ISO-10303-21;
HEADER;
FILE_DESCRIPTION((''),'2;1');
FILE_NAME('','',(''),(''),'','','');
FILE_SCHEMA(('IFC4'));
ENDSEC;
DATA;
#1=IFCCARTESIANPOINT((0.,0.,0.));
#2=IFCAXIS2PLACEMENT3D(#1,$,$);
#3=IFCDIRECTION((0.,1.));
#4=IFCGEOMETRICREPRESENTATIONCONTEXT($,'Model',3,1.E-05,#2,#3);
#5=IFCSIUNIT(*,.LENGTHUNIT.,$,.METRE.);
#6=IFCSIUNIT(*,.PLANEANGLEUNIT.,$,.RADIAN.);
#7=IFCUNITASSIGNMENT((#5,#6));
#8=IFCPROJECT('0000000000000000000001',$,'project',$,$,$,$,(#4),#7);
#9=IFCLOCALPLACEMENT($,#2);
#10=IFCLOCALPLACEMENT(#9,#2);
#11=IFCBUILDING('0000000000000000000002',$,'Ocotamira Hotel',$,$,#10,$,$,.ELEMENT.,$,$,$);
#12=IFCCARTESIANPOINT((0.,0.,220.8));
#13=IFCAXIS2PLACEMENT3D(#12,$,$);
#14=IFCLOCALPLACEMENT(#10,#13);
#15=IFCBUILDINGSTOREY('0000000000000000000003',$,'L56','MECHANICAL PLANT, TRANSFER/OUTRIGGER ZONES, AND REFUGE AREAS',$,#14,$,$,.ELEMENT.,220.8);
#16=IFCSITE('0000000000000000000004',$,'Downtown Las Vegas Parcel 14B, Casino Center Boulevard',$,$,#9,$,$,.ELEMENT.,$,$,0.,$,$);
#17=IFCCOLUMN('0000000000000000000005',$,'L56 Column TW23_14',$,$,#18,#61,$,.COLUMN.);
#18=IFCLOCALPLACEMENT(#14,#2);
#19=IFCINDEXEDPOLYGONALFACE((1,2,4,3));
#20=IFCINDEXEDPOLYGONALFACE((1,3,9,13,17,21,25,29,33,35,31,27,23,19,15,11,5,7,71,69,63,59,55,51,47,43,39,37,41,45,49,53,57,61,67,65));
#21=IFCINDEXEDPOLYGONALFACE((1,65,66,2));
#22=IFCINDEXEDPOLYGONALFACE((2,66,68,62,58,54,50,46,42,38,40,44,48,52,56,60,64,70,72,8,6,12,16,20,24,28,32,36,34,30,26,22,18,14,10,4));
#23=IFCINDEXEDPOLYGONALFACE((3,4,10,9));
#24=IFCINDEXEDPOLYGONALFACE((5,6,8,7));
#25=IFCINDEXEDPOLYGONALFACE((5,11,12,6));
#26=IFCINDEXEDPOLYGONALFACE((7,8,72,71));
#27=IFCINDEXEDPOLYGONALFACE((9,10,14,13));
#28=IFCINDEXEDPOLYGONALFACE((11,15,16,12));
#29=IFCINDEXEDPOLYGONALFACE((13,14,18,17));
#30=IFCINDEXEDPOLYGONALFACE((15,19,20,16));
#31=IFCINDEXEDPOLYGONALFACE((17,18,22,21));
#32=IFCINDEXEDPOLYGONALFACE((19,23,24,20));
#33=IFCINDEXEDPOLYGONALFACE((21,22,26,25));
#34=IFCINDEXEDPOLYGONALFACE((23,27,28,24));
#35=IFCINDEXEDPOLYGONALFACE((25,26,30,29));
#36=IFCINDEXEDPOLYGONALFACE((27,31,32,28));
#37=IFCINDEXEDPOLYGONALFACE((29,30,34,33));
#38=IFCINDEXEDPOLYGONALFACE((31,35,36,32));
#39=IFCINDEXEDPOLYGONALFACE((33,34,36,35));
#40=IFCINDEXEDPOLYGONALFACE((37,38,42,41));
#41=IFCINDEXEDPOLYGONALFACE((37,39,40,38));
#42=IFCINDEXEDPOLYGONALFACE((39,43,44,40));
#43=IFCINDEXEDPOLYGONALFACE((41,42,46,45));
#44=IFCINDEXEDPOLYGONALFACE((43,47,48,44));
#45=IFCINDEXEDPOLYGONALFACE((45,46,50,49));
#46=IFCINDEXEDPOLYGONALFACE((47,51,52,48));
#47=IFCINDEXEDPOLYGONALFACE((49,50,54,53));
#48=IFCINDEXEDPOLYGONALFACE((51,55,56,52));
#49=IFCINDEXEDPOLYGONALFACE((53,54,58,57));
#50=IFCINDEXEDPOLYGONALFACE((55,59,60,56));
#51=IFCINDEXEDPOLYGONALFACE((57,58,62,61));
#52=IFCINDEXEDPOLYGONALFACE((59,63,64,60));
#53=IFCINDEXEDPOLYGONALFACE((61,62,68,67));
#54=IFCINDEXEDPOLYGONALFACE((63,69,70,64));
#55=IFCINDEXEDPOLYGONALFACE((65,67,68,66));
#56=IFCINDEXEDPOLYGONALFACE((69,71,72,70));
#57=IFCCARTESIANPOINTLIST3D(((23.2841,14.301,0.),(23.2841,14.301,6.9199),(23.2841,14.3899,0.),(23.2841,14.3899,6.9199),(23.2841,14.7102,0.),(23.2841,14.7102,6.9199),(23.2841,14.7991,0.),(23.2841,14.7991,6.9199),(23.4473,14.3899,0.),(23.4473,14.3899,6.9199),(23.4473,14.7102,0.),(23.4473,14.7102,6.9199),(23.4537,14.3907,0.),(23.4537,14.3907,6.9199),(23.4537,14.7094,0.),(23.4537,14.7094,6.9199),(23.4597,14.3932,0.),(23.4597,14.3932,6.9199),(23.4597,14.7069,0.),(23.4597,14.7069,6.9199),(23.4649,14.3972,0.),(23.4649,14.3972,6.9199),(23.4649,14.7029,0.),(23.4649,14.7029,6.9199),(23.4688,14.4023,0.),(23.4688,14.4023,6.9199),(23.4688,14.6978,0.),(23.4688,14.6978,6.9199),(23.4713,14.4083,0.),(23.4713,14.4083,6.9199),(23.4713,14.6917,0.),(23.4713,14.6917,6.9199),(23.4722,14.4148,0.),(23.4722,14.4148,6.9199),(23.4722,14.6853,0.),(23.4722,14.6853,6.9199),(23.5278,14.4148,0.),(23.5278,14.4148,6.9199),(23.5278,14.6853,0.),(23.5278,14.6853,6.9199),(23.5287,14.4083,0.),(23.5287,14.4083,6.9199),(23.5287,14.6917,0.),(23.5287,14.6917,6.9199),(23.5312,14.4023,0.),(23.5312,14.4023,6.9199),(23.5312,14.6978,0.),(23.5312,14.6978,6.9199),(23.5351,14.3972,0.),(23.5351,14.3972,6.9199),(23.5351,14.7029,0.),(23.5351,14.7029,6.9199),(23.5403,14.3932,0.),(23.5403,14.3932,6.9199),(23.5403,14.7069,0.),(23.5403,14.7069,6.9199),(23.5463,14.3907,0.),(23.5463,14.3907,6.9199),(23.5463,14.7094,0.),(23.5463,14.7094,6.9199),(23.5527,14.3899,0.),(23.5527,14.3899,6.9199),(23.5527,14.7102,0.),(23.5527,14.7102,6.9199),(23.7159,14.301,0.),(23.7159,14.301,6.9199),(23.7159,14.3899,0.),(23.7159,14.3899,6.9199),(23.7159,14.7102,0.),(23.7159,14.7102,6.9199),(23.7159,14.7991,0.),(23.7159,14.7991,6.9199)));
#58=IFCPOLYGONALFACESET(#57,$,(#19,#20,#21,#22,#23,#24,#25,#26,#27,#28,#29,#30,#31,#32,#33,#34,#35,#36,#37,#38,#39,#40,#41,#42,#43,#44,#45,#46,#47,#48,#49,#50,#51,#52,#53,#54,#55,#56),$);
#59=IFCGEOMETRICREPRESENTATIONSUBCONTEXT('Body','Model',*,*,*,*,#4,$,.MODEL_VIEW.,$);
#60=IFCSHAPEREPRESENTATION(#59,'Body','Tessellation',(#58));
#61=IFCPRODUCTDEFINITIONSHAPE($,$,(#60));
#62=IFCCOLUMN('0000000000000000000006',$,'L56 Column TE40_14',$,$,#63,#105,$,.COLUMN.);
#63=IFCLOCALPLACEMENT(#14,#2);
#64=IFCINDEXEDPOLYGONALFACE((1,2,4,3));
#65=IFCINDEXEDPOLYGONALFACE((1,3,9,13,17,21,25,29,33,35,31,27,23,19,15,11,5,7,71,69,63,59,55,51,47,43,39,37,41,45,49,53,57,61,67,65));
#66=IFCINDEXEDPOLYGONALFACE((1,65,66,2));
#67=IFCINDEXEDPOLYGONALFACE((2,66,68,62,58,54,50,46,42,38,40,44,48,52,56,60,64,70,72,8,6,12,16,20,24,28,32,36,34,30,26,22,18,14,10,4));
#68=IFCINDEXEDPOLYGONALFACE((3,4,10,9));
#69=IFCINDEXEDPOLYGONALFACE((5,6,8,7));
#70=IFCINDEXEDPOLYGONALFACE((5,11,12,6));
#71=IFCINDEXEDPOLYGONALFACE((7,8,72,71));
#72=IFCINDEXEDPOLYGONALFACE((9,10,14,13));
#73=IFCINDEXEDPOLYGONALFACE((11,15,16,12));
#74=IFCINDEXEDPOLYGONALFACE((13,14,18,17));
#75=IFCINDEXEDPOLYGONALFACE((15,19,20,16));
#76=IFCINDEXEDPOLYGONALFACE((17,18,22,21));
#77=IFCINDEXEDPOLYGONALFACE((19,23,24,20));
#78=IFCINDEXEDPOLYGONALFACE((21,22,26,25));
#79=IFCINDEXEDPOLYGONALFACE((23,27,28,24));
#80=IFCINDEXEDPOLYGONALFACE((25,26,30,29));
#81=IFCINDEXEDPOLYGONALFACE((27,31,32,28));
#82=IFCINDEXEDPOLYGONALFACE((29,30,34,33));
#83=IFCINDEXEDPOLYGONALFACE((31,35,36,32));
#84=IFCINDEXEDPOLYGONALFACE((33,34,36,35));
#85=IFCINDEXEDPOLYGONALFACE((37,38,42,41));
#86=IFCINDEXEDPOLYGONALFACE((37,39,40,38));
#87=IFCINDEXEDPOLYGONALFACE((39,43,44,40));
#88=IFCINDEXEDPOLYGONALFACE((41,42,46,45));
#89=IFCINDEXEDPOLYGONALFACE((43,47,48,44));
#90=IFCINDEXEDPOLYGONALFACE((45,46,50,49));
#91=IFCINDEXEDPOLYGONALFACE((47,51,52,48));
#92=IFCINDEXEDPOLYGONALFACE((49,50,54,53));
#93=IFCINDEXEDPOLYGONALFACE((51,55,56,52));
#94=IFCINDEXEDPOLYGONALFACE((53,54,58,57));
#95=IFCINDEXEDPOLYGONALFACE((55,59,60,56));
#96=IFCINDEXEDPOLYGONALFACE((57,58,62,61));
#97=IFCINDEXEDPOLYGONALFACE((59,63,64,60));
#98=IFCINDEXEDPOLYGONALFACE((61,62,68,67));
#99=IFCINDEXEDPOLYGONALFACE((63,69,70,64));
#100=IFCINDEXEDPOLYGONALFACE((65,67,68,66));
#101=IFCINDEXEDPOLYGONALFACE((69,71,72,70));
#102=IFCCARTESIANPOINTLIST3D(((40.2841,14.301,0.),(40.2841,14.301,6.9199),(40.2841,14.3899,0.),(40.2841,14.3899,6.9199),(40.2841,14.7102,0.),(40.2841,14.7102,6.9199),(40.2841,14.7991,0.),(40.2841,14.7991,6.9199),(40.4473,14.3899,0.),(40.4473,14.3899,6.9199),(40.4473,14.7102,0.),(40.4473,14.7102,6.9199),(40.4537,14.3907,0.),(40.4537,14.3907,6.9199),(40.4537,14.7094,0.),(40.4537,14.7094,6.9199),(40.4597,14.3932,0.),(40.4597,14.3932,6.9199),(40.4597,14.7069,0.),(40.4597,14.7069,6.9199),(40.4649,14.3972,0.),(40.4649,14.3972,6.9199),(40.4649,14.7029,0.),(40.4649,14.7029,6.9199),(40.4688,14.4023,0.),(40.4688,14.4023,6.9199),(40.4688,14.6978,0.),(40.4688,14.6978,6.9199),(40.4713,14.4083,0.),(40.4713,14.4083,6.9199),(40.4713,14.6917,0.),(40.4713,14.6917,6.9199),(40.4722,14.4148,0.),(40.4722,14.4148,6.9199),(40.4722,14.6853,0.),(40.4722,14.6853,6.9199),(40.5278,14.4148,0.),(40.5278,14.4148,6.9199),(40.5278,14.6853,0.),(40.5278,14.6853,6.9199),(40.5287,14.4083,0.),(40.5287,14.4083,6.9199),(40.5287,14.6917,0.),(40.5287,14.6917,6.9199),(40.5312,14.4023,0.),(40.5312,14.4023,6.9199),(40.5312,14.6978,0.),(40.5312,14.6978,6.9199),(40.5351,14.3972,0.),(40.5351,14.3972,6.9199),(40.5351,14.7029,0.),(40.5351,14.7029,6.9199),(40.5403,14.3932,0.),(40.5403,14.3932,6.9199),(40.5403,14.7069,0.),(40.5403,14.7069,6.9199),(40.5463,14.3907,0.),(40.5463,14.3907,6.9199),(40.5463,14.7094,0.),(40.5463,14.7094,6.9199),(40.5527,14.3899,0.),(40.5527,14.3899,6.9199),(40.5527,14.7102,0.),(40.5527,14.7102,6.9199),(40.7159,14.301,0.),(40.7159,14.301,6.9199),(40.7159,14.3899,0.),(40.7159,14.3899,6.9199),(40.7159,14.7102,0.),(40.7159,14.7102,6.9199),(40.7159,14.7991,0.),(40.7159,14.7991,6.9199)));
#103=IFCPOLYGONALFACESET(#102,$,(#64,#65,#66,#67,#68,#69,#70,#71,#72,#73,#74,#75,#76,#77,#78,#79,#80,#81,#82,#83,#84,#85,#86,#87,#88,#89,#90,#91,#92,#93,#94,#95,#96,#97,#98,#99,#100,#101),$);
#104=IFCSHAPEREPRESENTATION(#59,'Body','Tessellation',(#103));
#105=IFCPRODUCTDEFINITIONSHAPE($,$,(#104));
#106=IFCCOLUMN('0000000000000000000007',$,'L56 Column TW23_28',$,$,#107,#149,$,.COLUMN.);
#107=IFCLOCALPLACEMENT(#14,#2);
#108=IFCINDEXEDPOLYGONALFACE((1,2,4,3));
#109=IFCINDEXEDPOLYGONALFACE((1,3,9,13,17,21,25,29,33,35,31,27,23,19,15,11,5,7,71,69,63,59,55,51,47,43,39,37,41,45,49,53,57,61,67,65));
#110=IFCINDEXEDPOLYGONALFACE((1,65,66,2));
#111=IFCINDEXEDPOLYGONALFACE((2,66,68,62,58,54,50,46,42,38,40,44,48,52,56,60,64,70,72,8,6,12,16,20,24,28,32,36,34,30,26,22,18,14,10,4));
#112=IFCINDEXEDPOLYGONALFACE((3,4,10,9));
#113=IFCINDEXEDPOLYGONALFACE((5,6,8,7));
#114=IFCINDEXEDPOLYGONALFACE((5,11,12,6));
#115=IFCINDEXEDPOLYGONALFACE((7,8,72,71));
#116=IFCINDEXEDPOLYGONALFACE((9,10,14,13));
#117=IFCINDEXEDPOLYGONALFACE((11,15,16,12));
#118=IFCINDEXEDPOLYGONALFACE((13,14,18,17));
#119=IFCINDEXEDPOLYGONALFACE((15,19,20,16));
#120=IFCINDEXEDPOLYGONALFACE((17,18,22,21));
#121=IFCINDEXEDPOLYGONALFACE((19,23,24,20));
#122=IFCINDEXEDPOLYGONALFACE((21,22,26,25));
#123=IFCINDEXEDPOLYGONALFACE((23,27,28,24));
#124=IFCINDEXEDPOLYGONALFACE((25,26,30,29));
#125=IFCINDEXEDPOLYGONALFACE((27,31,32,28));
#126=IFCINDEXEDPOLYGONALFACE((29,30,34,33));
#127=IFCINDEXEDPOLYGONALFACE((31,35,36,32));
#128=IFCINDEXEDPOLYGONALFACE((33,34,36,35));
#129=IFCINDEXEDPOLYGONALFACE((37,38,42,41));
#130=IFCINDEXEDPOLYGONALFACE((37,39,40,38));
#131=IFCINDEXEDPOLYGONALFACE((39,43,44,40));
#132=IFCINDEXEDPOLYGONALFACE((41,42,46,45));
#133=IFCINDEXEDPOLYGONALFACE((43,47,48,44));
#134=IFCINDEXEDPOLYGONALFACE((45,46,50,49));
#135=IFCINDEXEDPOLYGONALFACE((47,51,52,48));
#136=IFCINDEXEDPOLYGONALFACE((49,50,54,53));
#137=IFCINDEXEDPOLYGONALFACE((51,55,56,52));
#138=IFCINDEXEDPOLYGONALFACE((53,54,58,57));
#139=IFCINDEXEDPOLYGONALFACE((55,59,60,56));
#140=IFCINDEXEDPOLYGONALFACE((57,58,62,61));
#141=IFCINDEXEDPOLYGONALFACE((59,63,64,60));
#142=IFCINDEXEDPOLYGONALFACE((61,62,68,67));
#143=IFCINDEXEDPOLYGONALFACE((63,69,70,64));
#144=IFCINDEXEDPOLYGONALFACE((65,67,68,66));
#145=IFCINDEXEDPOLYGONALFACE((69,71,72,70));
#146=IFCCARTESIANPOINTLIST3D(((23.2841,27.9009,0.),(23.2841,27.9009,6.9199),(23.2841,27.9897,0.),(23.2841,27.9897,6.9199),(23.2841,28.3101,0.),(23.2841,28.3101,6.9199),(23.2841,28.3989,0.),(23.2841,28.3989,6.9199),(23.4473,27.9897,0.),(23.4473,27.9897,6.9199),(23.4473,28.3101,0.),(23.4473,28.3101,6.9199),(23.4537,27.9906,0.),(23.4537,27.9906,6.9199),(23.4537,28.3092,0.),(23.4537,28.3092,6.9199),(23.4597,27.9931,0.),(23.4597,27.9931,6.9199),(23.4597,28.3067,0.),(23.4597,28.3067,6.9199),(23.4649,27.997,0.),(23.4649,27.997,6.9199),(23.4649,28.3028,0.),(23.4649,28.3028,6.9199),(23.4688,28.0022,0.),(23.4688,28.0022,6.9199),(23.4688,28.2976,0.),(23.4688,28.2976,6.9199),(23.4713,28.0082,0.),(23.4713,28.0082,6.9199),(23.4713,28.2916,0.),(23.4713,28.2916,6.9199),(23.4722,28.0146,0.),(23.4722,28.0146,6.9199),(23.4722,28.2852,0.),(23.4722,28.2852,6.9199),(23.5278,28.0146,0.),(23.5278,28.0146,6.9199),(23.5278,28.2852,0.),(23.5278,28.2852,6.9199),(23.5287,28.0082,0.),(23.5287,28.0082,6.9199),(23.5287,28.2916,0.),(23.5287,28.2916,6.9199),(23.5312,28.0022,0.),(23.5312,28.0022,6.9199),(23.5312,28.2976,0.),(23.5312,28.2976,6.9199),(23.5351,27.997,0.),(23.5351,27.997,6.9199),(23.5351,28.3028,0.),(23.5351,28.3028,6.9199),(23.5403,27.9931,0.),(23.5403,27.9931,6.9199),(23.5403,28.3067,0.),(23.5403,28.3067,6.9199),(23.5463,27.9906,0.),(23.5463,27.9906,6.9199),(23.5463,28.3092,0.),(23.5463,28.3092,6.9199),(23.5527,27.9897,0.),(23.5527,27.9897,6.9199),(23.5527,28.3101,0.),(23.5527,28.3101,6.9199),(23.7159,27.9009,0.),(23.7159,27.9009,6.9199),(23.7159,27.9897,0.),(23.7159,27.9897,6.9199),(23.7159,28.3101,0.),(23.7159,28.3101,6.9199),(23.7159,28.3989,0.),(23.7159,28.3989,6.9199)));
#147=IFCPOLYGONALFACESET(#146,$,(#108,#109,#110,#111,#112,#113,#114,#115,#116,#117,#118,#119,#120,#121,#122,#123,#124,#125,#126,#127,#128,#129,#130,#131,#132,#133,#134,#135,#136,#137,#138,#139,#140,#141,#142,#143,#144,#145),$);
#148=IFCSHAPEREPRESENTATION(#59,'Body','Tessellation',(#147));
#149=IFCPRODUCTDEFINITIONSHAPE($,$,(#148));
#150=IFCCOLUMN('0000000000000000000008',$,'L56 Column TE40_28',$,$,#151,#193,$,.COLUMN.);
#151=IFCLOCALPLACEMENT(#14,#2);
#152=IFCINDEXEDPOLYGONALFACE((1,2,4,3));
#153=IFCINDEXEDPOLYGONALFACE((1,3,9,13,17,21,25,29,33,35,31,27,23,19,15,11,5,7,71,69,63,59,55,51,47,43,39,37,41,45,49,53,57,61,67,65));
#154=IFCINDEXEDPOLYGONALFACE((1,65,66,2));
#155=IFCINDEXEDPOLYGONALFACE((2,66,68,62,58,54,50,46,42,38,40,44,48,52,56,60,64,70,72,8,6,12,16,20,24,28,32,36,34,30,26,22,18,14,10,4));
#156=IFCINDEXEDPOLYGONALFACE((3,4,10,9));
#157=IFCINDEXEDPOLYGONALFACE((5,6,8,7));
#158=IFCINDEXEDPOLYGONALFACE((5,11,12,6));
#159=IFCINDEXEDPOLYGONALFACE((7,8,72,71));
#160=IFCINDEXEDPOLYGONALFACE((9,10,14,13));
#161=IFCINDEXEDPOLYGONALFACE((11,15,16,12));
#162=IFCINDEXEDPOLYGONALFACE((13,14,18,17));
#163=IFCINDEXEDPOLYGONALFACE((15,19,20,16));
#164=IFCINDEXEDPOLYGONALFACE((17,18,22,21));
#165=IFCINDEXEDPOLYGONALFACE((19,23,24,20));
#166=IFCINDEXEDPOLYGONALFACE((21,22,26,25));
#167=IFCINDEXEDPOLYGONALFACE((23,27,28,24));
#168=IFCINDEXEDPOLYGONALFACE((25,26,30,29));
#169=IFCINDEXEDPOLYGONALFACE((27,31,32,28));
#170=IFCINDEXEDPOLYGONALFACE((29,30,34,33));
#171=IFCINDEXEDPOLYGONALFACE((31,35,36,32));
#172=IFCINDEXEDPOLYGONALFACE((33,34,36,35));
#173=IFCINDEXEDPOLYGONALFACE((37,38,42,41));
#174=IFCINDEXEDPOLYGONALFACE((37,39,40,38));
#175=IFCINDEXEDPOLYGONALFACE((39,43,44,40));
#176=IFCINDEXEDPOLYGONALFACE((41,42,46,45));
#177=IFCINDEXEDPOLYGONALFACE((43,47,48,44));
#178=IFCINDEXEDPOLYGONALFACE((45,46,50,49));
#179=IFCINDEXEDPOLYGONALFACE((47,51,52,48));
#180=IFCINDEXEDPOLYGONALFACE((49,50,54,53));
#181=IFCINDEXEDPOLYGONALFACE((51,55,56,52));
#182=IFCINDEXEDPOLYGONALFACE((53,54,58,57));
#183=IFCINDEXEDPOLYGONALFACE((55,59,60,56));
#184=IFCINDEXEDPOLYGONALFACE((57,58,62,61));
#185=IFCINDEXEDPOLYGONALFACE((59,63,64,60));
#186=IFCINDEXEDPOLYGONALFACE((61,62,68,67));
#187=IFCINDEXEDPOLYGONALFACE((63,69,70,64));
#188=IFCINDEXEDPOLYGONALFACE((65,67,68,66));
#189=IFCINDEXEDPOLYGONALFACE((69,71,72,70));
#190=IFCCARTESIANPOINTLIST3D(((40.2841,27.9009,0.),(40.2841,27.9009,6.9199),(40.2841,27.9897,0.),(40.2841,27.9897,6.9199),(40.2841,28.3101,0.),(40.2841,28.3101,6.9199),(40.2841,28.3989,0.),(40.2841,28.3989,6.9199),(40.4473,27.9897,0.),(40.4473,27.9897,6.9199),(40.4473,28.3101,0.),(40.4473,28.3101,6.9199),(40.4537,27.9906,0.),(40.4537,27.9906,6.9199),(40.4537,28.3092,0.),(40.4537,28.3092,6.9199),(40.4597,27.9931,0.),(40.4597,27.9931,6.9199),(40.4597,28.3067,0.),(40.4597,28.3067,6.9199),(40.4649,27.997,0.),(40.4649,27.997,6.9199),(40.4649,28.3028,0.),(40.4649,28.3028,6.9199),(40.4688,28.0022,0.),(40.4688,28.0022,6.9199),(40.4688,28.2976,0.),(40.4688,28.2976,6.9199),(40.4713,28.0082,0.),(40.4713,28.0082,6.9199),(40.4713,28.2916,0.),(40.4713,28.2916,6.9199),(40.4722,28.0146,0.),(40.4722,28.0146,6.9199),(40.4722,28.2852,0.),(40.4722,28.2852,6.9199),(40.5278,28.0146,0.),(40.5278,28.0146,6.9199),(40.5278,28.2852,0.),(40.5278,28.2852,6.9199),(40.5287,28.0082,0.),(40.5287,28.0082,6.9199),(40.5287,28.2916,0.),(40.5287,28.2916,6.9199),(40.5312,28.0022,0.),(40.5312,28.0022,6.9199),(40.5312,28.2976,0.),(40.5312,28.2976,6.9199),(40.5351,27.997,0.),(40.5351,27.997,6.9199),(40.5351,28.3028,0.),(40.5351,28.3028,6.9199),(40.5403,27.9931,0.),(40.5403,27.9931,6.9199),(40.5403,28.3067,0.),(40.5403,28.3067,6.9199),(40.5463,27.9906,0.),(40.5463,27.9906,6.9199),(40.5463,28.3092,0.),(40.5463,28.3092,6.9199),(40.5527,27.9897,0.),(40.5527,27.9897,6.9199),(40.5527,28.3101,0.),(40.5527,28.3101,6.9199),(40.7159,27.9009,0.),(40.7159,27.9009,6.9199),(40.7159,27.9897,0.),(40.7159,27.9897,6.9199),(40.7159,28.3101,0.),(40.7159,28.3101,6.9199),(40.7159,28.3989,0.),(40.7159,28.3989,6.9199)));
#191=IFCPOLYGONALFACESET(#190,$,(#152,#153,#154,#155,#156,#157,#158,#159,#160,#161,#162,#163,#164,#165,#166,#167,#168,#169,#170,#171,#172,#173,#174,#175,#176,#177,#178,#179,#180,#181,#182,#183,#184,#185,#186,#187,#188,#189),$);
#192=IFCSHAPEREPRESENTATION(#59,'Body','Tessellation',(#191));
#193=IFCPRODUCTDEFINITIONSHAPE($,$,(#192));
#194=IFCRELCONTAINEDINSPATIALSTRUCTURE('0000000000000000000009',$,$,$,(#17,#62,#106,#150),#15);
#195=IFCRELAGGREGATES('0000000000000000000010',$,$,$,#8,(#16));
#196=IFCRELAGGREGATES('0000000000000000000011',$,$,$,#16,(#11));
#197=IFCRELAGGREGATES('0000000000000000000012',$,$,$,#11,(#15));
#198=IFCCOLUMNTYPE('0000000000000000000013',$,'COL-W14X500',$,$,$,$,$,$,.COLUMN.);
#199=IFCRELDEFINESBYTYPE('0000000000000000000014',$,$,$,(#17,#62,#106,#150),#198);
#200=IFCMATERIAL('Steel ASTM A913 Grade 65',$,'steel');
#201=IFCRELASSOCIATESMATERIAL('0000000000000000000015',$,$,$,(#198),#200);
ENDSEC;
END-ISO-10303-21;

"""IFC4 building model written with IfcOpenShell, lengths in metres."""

from ifc_helpers import new_model, si_unit, direction, frame, origin, origin_2d, place, context, subcontext, project, spatial, i_section, extrude, source, transform, mapped, material, material_profile, profile_set, type_object, element, save


model = new_model("IFC4")

# Units and contexts
model_context = context("Model", 3, precision=1e-05, world=origin(), true_north=direction((0.0, 1.0)))
body_context = subcontext(model_context, "Body", "Model", "MODEL_VIEW")
ifc_project = project(units=[si_unit("LENGTHUNIT", "METRE"), si_unit("PLANEANGLEUNIT", "RADIAN")], contexts=[model_context])

# Site, building, storey
site_placement = place(None, origin())
site = spatial("IfcSite", under=ifc_project, at=site_placement, Name="Downtown Las Vegas Parcel 14B, Casino Center Boulevard", CompositionType="ELEMENT", RefElevation=0.0)
building_placement = place(site_placement, origin())
building = spatial("IfcBuilding", under=site, at=building_placement, Name="Ocotamira Hotel", CompositionType="ELEMENT")
storey_placement = place(building_placement, frame((0.0, 0.0, 220.8)))
storey = spatial("IfcBuildingStorey", under=building, at=storey_placement, Name="L56", Description="MECHANICAL PLANT, TRANSFER/OUTRIGGER ZONES, AND REFUGE AREAS", CompositionType="ELEMENT", Elevation=220.8)

# Columns
ifc_material_1 = material(Name="Steel ASTM A913 Grade 65", Category="steel")
ifc_material_profile_1 = material_profile(ifc_material_1, i_section(OverallWidth=0.4319, OverallDepth=0.498, WebThickness=0.0557, FlangeThickness=0.0889, FilletRadius=0.0249, at=origin_2d()), Name="W14X500")
ifc_profile_set_1 = profile_set([ifc_material_profile_1], Name="Steel ASTM A913 Grade 65")
column_type = type_object("IfcColumnType", Name="COL-W14X500", PredefinedType="COLUMN", material=ifc_profile_set_1)
shared_shape_1 = source(origin(), body_context, "Body", "SweptSolid", [
    extrude(i_section(OverallWidth=0.4319, OverallDepth=0.498, WebThickness=0.0557, FlangeThickness=0.0889, FilletRadius=0.0249, at=origin_2d()), origin(), (0.0, 0.0, 1.0), 6.9199),
])
for number, where, z_axis, x_axis, name in (
    (1, (23.5, 14.55, 0.0), (0.0, 0.0, 1.0), (1.0, 0.0, 0.0), "L56 Column TW23_14"),
    (2, (40.5, 14.55, 0.0), (0.0, 0.0, 1.0), (1.0, 0.0, 0.0), "L56 Column TE40_14"),
    (3, (23.5, 28.1499, 0.0), (0.0, 0.0, 1.0), (1.0, 0.0, 0.0), "L56 Column TW23_28"),
    (4, (40.5, 28.1499, 0.0), (0.0, 0.0, 1.0), (1.0, 0.0, 0.0), "L56 Column TE40_28"),
):
    element("IfcColumn", number, at=place(storey_placement, frame(where, z_axis=z_axis, x_axis=x_axis)), inside=storey, type_object=column_type, Name=name, PredefinedType="COLUMN", context=body_context, shape_type="MappedRepresentation", body=[
        mapped(shared_shape_1, transform((0.0, 0.0, 0.0), scale=1.0)),
    ])

save(model, "model.ifc")
